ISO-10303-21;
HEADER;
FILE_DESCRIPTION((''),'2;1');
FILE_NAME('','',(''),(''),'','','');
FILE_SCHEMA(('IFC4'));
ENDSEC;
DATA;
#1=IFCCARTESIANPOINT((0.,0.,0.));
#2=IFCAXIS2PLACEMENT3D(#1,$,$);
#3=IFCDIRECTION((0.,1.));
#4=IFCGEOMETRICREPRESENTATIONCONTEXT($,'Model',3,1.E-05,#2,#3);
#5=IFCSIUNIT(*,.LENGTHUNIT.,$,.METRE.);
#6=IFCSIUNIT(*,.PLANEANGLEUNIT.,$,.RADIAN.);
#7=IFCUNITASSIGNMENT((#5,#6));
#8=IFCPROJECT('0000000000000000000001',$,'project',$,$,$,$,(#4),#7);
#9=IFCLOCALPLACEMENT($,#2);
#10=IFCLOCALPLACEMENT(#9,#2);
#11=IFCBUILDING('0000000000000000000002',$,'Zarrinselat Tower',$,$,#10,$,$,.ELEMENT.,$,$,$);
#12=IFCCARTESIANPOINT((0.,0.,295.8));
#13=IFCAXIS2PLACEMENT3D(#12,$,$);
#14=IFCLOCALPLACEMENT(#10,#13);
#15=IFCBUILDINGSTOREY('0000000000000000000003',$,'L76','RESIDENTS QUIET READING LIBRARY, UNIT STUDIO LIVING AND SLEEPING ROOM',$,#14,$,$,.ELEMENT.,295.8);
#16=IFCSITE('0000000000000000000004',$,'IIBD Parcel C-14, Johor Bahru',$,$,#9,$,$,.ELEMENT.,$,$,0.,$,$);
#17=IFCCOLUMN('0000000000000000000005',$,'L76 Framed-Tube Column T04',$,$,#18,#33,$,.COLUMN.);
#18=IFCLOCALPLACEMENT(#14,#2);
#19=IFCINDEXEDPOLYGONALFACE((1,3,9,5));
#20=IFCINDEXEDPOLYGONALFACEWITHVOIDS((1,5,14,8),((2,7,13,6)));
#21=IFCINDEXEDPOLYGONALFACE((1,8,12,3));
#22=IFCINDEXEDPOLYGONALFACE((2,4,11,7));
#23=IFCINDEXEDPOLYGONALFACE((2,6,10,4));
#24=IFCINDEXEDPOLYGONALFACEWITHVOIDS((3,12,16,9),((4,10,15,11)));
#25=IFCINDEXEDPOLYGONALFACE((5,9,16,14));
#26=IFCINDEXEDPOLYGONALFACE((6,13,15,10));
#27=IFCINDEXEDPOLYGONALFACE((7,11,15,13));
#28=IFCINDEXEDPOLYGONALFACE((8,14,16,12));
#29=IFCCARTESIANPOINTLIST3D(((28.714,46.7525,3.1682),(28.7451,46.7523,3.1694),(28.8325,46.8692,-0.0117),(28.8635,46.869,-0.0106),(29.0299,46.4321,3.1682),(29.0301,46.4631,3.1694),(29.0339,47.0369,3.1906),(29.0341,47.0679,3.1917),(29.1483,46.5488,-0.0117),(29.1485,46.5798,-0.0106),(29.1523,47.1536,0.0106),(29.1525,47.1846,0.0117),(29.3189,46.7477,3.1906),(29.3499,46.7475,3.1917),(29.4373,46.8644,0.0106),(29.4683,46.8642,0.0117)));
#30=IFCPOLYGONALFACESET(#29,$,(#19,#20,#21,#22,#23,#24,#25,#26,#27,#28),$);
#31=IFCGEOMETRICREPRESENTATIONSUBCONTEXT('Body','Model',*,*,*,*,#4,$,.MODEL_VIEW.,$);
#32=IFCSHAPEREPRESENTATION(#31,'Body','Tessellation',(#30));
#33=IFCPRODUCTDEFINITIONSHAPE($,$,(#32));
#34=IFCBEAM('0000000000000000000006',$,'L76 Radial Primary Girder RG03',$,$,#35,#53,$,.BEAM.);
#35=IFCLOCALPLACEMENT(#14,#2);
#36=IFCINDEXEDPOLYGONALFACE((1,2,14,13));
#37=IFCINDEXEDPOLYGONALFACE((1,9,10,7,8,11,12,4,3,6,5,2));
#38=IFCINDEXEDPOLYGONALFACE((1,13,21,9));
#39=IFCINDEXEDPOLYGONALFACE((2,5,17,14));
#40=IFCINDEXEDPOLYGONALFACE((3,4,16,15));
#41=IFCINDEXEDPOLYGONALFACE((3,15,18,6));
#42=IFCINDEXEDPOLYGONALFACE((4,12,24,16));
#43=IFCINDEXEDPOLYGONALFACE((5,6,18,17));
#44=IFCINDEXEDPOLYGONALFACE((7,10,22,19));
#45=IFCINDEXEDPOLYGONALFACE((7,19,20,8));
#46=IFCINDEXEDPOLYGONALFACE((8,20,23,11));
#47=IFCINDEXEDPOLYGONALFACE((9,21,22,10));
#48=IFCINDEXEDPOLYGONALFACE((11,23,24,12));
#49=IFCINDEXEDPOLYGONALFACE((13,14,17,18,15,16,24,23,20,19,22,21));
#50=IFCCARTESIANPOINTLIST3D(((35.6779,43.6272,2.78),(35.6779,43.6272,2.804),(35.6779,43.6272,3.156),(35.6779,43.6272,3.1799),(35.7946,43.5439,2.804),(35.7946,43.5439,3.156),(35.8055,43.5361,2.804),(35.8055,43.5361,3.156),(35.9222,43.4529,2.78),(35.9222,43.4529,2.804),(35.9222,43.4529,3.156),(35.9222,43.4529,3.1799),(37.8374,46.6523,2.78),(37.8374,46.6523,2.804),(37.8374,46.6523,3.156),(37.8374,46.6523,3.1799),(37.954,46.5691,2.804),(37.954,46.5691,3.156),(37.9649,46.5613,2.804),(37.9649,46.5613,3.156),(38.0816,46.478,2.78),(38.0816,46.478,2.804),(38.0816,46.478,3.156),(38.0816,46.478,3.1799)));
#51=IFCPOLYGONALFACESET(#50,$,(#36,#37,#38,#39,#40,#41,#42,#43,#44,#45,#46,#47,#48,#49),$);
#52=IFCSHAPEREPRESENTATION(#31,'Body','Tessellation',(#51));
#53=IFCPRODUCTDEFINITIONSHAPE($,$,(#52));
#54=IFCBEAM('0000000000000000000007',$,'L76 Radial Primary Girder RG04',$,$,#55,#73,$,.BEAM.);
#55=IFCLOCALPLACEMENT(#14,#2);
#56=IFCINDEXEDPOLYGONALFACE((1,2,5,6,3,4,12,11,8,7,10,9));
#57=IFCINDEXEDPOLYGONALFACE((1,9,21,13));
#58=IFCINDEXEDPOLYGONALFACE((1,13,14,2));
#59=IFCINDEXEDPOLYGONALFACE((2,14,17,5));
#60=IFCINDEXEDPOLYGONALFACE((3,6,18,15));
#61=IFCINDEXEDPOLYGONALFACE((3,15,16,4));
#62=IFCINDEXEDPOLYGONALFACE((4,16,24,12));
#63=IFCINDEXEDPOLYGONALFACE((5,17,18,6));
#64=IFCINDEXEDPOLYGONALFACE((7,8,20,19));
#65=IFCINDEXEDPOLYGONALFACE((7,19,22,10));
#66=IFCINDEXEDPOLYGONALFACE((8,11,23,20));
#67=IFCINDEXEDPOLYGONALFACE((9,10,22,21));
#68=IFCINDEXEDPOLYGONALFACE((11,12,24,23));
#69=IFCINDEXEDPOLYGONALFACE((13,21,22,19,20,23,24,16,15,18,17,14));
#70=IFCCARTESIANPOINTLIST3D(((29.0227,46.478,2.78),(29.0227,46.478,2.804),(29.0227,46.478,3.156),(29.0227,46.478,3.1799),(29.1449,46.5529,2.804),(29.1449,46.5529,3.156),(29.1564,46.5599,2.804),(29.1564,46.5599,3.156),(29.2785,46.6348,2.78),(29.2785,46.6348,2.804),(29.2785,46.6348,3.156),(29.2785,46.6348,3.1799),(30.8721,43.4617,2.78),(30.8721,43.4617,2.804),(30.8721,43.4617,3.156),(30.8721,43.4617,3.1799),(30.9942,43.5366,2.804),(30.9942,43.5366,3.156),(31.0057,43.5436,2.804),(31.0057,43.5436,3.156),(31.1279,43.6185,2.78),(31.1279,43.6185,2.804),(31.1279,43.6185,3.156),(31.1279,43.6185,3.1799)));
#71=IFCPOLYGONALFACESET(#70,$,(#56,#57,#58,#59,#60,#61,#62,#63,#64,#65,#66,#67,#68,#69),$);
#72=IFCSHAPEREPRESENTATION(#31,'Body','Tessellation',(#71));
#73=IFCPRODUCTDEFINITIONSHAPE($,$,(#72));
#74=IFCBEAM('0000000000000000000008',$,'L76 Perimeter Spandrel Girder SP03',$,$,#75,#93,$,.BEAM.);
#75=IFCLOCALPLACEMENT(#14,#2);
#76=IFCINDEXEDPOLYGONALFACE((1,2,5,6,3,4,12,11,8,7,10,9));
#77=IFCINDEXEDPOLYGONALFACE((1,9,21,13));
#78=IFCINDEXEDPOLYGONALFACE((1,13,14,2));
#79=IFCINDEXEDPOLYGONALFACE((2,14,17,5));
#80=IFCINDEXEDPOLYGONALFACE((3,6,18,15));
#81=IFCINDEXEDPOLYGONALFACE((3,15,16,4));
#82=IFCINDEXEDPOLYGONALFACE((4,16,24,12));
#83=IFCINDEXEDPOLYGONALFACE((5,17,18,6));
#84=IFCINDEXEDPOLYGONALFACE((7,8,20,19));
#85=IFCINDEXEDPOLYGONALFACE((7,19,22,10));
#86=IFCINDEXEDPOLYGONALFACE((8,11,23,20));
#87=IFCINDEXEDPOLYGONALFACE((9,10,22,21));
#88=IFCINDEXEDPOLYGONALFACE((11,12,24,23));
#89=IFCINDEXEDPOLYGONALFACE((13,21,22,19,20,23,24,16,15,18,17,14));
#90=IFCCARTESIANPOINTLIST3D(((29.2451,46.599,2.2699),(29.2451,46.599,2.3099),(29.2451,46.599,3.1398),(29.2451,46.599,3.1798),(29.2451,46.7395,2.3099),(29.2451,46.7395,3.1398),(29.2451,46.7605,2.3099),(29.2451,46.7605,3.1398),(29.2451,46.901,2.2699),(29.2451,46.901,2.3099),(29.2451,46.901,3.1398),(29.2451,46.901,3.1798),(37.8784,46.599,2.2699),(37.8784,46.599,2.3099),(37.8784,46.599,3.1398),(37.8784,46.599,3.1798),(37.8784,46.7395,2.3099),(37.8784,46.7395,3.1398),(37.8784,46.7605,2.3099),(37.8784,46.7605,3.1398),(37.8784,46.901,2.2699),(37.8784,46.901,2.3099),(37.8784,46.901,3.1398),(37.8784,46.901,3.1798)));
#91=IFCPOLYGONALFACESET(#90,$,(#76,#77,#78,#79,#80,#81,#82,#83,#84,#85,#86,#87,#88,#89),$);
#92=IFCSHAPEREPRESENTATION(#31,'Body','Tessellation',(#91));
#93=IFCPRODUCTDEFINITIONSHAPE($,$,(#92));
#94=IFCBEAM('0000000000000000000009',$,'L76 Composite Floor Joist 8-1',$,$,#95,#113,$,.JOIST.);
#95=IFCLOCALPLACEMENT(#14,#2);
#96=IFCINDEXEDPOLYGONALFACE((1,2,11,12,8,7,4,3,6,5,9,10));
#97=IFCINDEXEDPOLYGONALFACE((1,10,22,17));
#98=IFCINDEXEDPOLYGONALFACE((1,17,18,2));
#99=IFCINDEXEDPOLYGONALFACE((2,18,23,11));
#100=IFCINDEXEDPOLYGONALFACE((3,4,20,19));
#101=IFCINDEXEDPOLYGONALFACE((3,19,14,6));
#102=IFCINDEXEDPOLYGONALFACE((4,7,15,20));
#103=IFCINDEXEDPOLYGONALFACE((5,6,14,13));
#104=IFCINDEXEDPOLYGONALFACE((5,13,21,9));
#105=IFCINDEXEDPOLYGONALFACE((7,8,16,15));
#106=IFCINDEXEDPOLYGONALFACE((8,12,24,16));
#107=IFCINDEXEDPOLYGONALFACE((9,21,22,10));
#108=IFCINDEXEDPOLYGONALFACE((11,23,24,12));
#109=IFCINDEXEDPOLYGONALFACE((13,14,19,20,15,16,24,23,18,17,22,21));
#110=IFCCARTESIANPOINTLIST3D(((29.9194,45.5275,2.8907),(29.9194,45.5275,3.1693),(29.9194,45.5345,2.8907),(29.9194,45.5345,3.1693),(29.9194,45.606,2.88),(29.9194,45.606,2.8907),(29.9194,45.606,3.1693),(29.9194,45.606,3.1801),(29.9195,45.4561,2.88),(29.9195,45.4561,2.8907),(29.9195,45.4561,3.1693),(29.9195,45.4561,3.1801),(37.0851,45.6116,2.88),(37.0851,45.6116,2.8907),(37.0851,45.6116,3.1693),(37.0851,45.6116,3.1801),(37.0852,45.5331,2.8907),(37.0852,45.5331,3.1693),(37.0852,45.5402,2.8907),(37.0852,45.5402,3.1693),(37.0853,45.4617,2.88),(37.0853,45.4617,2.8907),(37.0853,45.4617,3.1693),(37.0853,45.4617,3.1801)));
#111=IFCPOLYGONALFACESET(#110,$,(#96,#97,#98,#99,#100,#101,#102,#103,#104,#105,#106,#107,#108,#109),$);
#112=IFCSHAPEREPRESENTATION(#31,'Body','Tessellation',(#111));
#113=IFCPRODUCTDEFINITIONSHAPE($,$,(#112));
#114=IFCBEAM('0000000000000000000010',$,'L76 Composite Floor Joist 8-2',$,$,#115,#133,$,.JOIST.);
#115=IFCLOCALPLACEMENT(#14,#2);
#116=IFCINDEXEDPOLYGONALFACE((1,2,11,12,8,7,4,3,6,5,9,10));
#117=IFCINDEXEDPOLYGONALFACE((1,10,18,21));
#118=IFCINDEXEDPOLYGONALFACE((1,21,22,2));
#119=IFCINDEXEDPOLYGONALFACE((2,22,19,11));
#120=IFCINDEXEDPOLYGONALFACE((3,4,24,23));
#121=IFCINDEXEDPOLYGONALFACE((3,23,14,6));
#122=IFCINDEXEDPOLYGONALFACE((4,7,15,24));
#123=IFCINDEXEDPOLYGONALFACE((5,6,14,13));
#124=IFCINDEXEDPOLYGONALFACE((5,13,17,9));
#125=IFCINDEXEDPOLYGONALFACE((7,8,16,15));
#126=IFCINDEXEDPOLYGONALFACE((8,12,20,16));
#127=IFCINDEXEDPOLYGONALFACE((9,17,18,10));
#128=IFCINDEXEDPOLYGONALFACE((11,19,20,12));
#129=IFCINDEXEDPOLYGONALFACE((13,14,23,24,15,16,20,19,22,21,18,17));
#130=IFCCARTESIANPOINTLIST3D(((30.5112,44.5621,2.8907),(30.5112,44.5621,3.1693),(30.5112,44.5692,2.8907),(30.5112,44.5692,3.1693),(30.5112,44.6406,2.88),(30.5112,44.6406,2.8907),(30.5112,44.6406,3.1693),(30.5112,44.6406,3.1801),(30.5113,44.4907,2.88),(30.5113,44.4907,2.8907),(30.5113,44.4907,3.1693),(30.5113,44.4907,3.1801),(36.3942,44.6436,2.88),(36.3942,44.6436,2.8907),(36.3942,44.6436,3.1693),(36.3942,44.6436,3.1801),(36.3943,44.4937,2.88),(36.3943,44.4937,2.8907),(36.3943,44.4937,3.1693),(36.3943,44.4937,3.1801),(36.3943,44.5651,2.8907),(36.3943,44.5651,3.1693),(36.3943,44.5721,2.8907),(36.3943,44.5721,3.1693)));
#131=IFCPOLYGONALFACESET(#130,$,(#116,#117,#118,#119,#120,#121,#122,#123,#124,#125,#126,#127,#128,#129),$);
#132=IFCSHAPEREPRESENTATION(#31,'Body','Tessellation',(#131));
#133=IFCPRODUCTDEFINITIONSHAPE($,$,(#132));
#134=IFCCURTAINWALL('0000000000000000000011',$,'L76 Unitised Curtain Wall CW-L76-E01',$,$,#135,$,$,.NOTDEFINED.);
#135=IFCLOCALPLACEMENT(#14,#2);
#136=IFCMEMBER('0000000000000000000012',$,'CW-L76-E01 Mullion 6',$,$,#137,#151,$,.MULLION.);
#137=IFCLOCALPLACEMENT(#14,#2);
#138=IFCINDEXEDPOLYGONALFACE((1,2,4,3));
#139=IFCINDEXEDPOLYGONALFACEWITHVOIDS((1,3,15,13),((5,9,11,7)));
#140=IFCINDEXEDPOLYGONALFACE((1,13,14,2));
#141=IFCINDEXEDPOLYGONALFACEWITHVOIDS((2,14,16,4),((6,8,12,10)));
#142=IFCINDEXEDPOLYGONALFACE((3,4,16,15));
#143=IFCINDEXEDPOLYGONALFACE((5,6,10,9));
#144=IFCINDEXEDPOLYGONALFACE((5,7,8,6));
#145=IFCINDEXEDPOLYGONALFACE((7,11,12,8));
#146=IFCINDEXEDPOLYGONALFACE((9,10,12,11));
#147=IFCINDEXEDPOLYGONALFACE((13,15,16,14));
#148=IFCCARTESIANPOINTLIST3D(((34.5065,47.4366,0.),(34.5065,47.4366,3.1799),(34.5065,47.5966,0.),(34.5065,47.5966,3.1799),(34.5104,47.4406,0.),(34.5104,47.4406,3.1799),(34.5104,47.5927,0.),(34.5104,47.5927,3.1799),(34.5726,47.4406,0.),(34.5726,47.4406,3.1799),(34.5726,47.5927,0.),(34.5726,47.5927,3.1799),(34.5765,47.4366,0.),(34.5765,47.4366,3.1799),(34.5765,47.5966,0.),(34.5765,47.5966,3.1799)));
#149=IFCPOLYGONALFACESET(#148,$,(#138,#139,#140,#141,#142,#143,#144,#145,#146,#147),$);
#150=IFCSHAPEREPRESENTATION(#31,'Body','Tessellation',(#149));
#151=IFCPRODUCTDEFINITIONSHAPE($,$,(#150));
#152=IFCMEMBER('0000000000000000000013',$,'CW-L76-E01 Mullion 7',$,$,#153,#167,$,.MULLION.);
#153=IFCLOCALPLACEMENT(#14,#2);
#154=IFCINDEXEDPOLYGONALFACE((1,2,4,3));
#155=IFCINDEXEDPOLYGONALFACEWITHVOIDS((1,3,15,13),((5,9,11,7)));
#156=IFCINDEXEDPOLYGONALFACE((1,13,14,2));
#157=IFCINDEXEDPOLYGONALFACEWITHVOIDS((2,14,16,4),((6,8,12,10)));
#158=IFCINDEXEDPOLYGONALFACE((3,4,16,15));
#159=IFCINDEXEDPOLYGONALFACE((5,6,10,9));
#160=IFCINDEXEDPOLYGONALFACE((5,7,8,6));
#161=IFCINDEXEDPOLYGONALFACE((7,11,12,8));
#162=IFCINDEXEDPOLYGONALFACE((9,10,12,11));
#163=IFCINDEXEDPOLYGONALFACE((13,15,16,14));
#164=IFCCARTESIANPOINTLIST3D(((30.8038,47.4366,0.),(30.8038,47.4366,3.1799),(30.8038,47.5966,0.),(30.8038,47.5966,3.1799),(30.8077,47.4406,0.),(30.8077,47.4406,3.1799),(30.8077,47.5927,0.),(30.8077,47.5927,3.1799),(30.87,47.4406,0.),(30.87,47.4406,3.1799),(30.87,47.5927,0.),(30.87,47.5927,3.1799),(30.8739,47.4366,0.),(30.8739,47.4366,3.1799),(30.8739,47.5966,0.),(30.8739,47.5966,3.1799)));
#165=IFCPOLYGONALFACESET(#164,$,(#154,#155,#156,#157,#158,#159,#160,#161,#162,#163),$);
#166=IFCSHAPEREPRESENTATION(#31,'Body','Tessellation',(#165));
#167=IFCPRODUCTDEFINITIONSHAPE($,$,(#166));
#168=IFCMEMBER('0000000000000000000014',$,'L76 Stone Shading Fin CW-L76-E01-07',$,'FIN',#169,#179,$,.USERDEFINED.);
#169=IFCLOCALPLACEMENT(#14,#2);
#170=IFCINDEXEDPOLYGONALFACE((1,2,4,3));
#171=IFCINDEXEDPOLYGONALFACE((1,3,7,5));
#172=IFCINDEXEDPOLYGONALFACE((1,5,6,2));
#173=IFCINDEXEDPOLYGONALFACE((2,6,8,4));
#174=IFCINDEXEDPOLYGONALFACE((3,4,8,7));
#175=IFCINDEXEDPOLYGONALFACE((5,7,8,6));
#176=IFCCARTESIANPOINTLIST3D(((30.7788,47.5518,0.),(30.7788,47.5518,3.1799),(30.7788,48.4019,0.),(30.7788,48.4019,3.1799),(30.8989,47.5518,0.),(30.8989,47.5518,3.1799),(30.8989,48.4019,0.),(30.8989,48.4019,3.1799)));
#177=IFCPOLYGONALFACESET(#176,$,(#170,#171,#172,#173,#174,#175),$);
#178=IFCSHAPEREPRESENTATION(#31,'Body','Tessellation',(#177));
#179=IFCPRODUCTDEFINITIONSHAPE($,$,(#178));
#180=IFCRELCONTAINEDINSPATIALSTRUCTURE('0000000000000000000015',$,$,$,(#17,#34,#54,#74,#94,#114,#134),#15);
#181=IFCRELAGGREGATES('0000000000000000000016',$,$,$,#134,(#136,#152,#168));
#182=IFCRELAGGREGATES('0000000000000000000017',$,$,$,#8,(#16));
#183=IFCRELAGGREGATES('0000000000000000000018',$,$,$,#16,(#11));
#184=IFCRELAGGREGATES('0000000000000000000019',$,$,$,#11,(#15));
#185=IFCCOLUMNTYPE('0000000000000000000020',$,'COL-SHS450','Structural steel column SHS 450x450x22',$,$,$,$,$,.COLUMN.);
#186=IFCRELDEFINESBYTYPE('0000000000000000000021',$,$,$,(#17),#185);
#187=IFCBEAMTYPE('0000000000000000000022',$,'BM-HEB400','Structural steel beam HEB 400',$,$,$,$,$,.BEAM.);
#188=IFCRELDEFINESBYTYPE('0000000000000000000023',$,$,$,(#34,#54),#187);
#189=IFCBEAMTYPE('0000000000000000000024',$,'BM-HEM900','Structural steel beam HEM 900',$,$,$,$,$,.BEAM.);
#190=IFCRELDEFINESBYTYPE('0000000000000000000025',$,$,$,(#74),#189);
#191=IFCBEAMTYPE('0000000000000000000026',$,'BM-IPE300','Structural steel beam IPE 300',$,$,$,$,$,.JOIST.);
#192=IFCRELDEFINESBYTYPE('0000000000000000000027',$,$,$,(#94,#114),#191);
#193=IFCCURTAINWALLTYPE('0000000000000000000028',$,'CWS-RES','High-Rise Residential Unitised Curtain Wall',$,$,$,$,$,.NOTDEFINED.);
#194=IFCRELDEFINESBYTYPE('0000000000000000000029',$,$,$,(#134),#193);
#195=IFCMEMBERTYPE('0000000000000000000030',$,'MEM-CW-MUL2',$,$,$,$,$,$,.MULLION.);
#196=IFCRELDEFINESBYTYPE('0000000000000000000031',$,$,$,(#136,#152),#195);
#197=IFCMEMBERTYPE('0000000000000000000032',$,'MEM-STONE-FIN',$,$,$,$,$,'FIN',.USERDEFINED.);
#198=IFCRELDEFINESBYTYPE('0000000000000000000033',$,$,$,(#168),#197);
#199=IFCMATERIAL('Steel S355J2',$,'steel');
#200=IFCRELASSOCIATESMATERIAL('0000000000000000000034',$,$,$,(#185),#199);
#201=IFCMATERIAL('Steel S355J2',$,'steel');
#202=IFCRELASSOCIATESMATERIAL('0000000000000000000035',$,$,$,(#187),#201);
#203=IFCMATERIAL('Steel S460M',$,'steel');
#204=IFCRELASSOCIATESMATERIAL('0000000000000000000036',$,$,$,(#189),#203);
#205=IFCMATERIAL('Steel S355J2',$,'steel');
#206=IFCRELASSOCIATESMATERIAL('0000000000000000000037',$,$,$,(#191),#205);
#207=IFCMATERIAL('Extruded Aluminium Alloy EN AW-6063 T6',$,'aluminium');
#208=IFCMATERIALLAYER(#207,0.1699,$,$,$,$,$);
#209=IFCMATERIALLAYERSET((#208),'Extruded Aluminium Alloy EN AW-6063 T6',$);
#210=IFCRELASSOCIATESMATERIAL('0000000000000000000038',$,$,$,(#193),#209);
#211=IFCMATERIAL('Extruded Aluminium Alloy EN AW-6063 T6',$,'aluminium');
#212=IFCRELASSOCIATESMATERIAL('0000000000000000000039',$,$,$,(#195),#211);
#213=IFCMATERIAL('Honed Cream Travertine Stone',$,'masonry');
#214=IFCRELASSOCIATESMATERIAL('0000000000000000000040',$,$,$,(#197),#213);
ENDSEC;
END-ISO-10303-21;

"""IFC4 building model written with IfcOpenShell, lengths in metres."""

from ifc_helpers import new_model, si_unit, direction, frame, origin, origin_2d, place, context, subcontext, project, spatial, rectangle, hollow_rectangle, i_section, extrude, material, layer, layer_set, material_profile, profile_set, type_object, element, aggregate, save


model = new_model("IFC4")

# Units and contexts
model_context = context("Model", 3, precision=1e-05, world=origin(), true_north=direction((0.0, 1.0)))
body_context = subcontext(model_context, "Body", "Model", "MODEL_VIEW")
ifc_project = project(units=[si_unit("LENGTHUNIT", "METRE"), si_unit("PLANEANGLEUNIT", "RADIAN")], contexts=[model_context])

# Site, building, storey
site_placement = place(None, origin())
site = spatial("IfcSite", under=ifc_project, at=site_placement, Name="IIBD Parcel C-14, Johor Bahru", CompositionType="ELEMENT", RefElevation=0.0)
building_placement = place(site_placement, origin())
building = spatial("IfcBuilding", under=site, at=building_placement, Name="Zarrinselat Tower", CompositionType="ELEMENT")
storey_placement = place(building_placement, frame((0.0, 0.0, 295.8)))
storey = spatial("IfcBuildingStorey", under=building, at=storey_placement, Name="L76", Description="RESIDENTS QUIET READING LIBRARY, UNIT STUDIO LIVING AND SLEEPING ROOM", CompositionType="ELEMENT", Elevation=295.8)

# Column
ifc_material_1 = material(Name="Steel S355J2", Category="steel")
ifc_material_profile_1 = material_profile(ifc_material_1, hollow_rectangle(XDim=0.45, YDim=0.45, WallThickness=0.022, at=origin_2d()), Name="SHS 450x450x22")
ifc_profile_set_1 = profile_set([ifc_material_profile_1], Name="Steel S355J2")
column_type = type_object("IfcColumnType", Name="COL-SHS450", Description="Structural steel column SHS 450x450x22", PredefinedType="COLUMN", material=ifc_profile_set_1)
column_placement = place(storey_placement, frame((29.1504, 46.8667, 0.0), z_axis=(-0.037185, -0.036649, 0.998636), x_axis=(0.701948, -0.712228, 0.0)))
element("IfcColumn", 1, at=column_placement, inside=storey, type_object=column_type, Name="L76 Framed-Tube Column T04", PredefinedType="COLUMN", context=body_context, shape_type="SweptSolid", body=[
    extrude(hollow_rectangle(XDim=0.45, YDim=0.45, WallThickness=0.022, at=origin_2d()), origin(), (0.0, 0.0, 1.0), 3.1843),
])

# Beams
ifc_material_2 = material(Name="Steel S355J2", Category="steel")
ifc_material_profile_2 = material_profile(ifc_material_2, i_section(OverallWidth=0.3, OverallDepth=0.3999, WebThickness=0.0134, FlangeThickness=0.0239, at=origin_2d()), Name="HEB 400")
ifc_profile_set_2 = profile_set([ifc_material_profile_2], Name="Steel S355J2")
beam_type_1 = type_object("IfcBeamType", Name="BM-HEB400", Description="Structural steel beam HEB 400", PredefinedType="BEAM", material=ifc_profile_set_2)
beam_1_placement = place(storey_placement, frame((35.8, 43.54, 2.98), z_axis=(0.58099, 0.813911, 0.0), x_axis=(-0.813911, 0.58099, 0.0)))
element("IfcBeam", 2, at=beam_1_placement, inside=storey, type_object=beam_type_1, Name="L76 Radial Primary Girder RG03", PredefinedType="BEAM", context=body_context, shape_type="SweptSolid", body=[
    extrude(i_section(OverallWidth=0.3, OverallDepth=0.3999, WebThickness=0.0134, FlangeThickness=0.0239, at=origin_2d()), origin(), (0.0, 0.0, 1.0), 3.7168),
])
beam_2_placement = place(storey_placement, frame((29.1506, 46.5564, 2.98), z_axis=(0.522691, -0.852522, 0.0), x_axis=(0.852522, 0.522691, 0.0)))
element("IfcBeam", 3, at=beam_2_placement, inside=storey, type_object=beam_type_1, Name="L76 Radial Primary Girder RG04", PredefinedType="BEAM", context=body_context, shape_type="SweptSolid", body=[
    extrude(i_section(OverallWidth=0.3, OverallDepth=0.3999, WebThickness=0.0134, FlangeThickness=0.0239, at=origin_2d()), origin(), (0.0, 0.0, 1.0), 3.5381),
])
ifc_material_3 = material(Name="Steel S460M", Category="steel")
ifc_material_profile_3 = material_profile(ifc_material_3, i_section(OverallWidth=0.302, OverallDepth=0.9099, WebThickness=0.021, FlangeThickness=0.04, at=origin_2d()), Name="HEM 900")
ifc_profile_set_3 = profile_set([ifc_material_profile_3], Name="Steel S460M")
beam_type_2 = type_object("IfcBeamType", Name="BM-HEM900", Description="Structural steel beam HEM 900", PredefinedType="BEAM", material=ifc_profile_set_3)
beam_3_placement = place(storey_placement, frame((29.2451, 46.75, 2.7249), z_axis=(1.0, 0.0, 0.0), x_axis=(0.0, 1.0, 0.0)))
element("IfcBeam", 4, at=beam_3_placement, inside=storey, type_object=beam_type_2, Name="L76 Perimeter Spandrel Girder SP03", PredefinedType="BEAM", context=body_context, shape_type="SweptSolid", body=[
    extrude(i_section(OverallWidth=0.302, OverallDepth=0.9099, WebThickness=0.021, FlangeThickness=0.04, at=origin_2d()), origin(), (0.0, 0.0, 1.0), 8.6333),
])
ifc_material_4 = material(Name="Steel S355J2", Category="steel")
ifc_material_profile_4 = material_profile(ifc_material_4, i_section(OverallWidth=0.1499, OverallDepth=0.3, WebThickness=0.0071, FlangeThickness=0.0107, at=origin_2d()), Name="IPE 300")
ifc_profile_set_4 = profile_set([ifc_material_profile_4], Name="Steel S355J2")
beam_type_3 = type_object("IfcBeamType", Name="BM-IPE300", Description="Structural steel beam IPE 300", PredefinedType="JOIST", material=ifc_profile_set_4)
beam_4_placement = place(storey_placement, frame((29.9194, 45.531, 3.03), z_axis=(1.0, 0.000784, 0.0), x_axis=(-0.000784, 1.0, 0.0)))
element("IfcBeam", 5, at=beam_4_placement, inside=storey, type_object=beam_type_3, Name="L76 Composite Floor Joist 8-1", PredefinedType="JOIST", context=body_context, shape_type="SweptSolid", body=[
    extrude(i_section(OverallWidth=0.1499, OverallDepth=0.3, WebThickness=0.0071, FlangeThickness=0.0107, at=origin_2d()), origin(), (0.0, 0.0, 1.0), 7.1658),
])
beam_5_placement = place(storey_placement, frame((30.5112, 44.5657, 3.03), z_axis=(1.0, 0.000498, 0.0), x_axis=(-0.000498, 1.0, 0.0)))
element("IfcBeam", 6, at=beam_5_placement, inside=storey, type_object=beam_type_3, Name="L76 Composite Floor Joist 8-2", PredefinedType="JOIST", context=body_context, shape_type="SweptSolid", body=[
    extrude(i_section(OverallWidth=0.1499, OverallDepth=0.3, WebThickness=0.0071, FlangeThickness=0.0107, at=origin_2d()), origin(), (0.0, 0.0, 1.0), 5.8831),
])

# Curtain wall, members
ifc_material_5 = material(Name="Extruded Aluminium Alloy EN AW-6063 T6", Category="aluminium")
ifc_layer_1 = layer(ifc_material_5, 0.1699)
ifc_layer_set_1 = layer_set([ifc_layer_1], Name="Extruded Aluminium Alloy EN AW-6063 T6")
curtain_wall_type = type_object("IfcCurtainWallType", Name="CWS-RES", Description="High-Rise Residential Unitised Curtain Wall", PredefinedType="NOTDEFINED", material=ifc_layer_set_1)
curtain_wall_placement = place(storey_placement, origin())
curtain_wall = element("IfcCurtainWall", 7, at=curtain_wall_placement, inside=storey, type_object=curtain_wall_type, Name="L76 Unitised Curtain Wall CW-L76-E01", PredefinedType="NOTDEFINED")
ifc_material_6 = material(Name="Extruded Aluminium Alloy EN AW-6063 T6", Category="aluminium")
ifc_material_profile_5 = material_profile(ifc_material_6, hollow_rectangle(XDim=0.0701, YDim=0.1599, WallThickness=0.0039, at=origin_2d()), Name="RHS 160x70x4")
ifc_profile_set_5 = profile_set([ifc_material_profile_5], Name="Extruded Aluminium Alloy EN AW-6063 T6")
member_type_1 = type_object("IfcMemberType", Name="MEM-CW-MUL2", PredefinedType="MULLION", material=ifc_profile_set_5)
member_1_placement = place(storey_placement, frame((34.5415, 47.5166, 0.0), z_axis=(0.0, 0.0, 1.0), x_axis=(-1.0, 0.0, 0.0)))
member_1 = element("IfcMember", 8, at=member_1_placement, type_object=member_type_1, Name="CW-L76-E01 Mullion 6", PredefinedType="MULLION", context=body_context, shape_type="SweptSolid", body=[
    extrude(hollow_rectangle(XDim=0.0701, YDim=0.1599, WallThickness=0.0039, at=origin_2d()), origin(), (0.0, 0.0, 1.0), 3.1799),
])
member_2_placement = place(storey_placement, frame((30.8389, 47.5166, 0.0), z_axis=(0.0, 0.0, 1.0), x_axis=(-1.0, 0.0, 0.0)))
member_2 = element("IfcMember", 9, at=member_2_placement, type_object=member_type_1, Name="CW-L76-E01 Mullion 7", PredefinedType="MULLION", context=body_context, shape_type="SweptSolid", body=[
    extrude(hollow_rectangle(XDim=0.0701, YDim=0.1599, WallThickness=0.0039, at=origin_2d()), origin(), (0.0, 0.0, 1.0), 3.1799),
])
ifc_material_7 = material(Name="Honed Cream Travertine Stone", Category="masonry")
ifc_material_profile_6 = material_profile(ifc_material_7, rectangle(XDim=0.1201, YDim=0.8501, at=origin_2d()), Name="FIN 850x120")
ifc_profile_set_6 = profile_set([ifc_material_profile_6], Name="Honed Cream Travertine Stone")
member_type_2 = type_object("IfcMemberType", Name="MEM-STONE-FIN", ElementType="FIN", PredefinedType="USERDEFINED", material=ifc_profile_set_6)
member_3_placement = place(storey_placement, frame((30.8389, 47.9768, 0.0), z_axis=(0.0, 0.0, 1.0), x_axis=(1.0, 0.0, 0.0)))
member_3 = element("IfcMember", 10, at=member_3_placement, type_object=member_type_2, Name="L76 Stone Shading Fin CW-L76-E01-07", ObjectType="FIN", PredefinedType="USERDEFINED", context=body_context, shape_type="SweptSolid", body=[
    extrude(rectangle(XDim=0.1201, YDim=0.8501, at=origin_2d()), origin(), (0.0, 0.0, 1.0), 3.1799),
])
aggregate(curtain_wall, [member_1, member_2, member_3])

save(model, "model.ifc")
